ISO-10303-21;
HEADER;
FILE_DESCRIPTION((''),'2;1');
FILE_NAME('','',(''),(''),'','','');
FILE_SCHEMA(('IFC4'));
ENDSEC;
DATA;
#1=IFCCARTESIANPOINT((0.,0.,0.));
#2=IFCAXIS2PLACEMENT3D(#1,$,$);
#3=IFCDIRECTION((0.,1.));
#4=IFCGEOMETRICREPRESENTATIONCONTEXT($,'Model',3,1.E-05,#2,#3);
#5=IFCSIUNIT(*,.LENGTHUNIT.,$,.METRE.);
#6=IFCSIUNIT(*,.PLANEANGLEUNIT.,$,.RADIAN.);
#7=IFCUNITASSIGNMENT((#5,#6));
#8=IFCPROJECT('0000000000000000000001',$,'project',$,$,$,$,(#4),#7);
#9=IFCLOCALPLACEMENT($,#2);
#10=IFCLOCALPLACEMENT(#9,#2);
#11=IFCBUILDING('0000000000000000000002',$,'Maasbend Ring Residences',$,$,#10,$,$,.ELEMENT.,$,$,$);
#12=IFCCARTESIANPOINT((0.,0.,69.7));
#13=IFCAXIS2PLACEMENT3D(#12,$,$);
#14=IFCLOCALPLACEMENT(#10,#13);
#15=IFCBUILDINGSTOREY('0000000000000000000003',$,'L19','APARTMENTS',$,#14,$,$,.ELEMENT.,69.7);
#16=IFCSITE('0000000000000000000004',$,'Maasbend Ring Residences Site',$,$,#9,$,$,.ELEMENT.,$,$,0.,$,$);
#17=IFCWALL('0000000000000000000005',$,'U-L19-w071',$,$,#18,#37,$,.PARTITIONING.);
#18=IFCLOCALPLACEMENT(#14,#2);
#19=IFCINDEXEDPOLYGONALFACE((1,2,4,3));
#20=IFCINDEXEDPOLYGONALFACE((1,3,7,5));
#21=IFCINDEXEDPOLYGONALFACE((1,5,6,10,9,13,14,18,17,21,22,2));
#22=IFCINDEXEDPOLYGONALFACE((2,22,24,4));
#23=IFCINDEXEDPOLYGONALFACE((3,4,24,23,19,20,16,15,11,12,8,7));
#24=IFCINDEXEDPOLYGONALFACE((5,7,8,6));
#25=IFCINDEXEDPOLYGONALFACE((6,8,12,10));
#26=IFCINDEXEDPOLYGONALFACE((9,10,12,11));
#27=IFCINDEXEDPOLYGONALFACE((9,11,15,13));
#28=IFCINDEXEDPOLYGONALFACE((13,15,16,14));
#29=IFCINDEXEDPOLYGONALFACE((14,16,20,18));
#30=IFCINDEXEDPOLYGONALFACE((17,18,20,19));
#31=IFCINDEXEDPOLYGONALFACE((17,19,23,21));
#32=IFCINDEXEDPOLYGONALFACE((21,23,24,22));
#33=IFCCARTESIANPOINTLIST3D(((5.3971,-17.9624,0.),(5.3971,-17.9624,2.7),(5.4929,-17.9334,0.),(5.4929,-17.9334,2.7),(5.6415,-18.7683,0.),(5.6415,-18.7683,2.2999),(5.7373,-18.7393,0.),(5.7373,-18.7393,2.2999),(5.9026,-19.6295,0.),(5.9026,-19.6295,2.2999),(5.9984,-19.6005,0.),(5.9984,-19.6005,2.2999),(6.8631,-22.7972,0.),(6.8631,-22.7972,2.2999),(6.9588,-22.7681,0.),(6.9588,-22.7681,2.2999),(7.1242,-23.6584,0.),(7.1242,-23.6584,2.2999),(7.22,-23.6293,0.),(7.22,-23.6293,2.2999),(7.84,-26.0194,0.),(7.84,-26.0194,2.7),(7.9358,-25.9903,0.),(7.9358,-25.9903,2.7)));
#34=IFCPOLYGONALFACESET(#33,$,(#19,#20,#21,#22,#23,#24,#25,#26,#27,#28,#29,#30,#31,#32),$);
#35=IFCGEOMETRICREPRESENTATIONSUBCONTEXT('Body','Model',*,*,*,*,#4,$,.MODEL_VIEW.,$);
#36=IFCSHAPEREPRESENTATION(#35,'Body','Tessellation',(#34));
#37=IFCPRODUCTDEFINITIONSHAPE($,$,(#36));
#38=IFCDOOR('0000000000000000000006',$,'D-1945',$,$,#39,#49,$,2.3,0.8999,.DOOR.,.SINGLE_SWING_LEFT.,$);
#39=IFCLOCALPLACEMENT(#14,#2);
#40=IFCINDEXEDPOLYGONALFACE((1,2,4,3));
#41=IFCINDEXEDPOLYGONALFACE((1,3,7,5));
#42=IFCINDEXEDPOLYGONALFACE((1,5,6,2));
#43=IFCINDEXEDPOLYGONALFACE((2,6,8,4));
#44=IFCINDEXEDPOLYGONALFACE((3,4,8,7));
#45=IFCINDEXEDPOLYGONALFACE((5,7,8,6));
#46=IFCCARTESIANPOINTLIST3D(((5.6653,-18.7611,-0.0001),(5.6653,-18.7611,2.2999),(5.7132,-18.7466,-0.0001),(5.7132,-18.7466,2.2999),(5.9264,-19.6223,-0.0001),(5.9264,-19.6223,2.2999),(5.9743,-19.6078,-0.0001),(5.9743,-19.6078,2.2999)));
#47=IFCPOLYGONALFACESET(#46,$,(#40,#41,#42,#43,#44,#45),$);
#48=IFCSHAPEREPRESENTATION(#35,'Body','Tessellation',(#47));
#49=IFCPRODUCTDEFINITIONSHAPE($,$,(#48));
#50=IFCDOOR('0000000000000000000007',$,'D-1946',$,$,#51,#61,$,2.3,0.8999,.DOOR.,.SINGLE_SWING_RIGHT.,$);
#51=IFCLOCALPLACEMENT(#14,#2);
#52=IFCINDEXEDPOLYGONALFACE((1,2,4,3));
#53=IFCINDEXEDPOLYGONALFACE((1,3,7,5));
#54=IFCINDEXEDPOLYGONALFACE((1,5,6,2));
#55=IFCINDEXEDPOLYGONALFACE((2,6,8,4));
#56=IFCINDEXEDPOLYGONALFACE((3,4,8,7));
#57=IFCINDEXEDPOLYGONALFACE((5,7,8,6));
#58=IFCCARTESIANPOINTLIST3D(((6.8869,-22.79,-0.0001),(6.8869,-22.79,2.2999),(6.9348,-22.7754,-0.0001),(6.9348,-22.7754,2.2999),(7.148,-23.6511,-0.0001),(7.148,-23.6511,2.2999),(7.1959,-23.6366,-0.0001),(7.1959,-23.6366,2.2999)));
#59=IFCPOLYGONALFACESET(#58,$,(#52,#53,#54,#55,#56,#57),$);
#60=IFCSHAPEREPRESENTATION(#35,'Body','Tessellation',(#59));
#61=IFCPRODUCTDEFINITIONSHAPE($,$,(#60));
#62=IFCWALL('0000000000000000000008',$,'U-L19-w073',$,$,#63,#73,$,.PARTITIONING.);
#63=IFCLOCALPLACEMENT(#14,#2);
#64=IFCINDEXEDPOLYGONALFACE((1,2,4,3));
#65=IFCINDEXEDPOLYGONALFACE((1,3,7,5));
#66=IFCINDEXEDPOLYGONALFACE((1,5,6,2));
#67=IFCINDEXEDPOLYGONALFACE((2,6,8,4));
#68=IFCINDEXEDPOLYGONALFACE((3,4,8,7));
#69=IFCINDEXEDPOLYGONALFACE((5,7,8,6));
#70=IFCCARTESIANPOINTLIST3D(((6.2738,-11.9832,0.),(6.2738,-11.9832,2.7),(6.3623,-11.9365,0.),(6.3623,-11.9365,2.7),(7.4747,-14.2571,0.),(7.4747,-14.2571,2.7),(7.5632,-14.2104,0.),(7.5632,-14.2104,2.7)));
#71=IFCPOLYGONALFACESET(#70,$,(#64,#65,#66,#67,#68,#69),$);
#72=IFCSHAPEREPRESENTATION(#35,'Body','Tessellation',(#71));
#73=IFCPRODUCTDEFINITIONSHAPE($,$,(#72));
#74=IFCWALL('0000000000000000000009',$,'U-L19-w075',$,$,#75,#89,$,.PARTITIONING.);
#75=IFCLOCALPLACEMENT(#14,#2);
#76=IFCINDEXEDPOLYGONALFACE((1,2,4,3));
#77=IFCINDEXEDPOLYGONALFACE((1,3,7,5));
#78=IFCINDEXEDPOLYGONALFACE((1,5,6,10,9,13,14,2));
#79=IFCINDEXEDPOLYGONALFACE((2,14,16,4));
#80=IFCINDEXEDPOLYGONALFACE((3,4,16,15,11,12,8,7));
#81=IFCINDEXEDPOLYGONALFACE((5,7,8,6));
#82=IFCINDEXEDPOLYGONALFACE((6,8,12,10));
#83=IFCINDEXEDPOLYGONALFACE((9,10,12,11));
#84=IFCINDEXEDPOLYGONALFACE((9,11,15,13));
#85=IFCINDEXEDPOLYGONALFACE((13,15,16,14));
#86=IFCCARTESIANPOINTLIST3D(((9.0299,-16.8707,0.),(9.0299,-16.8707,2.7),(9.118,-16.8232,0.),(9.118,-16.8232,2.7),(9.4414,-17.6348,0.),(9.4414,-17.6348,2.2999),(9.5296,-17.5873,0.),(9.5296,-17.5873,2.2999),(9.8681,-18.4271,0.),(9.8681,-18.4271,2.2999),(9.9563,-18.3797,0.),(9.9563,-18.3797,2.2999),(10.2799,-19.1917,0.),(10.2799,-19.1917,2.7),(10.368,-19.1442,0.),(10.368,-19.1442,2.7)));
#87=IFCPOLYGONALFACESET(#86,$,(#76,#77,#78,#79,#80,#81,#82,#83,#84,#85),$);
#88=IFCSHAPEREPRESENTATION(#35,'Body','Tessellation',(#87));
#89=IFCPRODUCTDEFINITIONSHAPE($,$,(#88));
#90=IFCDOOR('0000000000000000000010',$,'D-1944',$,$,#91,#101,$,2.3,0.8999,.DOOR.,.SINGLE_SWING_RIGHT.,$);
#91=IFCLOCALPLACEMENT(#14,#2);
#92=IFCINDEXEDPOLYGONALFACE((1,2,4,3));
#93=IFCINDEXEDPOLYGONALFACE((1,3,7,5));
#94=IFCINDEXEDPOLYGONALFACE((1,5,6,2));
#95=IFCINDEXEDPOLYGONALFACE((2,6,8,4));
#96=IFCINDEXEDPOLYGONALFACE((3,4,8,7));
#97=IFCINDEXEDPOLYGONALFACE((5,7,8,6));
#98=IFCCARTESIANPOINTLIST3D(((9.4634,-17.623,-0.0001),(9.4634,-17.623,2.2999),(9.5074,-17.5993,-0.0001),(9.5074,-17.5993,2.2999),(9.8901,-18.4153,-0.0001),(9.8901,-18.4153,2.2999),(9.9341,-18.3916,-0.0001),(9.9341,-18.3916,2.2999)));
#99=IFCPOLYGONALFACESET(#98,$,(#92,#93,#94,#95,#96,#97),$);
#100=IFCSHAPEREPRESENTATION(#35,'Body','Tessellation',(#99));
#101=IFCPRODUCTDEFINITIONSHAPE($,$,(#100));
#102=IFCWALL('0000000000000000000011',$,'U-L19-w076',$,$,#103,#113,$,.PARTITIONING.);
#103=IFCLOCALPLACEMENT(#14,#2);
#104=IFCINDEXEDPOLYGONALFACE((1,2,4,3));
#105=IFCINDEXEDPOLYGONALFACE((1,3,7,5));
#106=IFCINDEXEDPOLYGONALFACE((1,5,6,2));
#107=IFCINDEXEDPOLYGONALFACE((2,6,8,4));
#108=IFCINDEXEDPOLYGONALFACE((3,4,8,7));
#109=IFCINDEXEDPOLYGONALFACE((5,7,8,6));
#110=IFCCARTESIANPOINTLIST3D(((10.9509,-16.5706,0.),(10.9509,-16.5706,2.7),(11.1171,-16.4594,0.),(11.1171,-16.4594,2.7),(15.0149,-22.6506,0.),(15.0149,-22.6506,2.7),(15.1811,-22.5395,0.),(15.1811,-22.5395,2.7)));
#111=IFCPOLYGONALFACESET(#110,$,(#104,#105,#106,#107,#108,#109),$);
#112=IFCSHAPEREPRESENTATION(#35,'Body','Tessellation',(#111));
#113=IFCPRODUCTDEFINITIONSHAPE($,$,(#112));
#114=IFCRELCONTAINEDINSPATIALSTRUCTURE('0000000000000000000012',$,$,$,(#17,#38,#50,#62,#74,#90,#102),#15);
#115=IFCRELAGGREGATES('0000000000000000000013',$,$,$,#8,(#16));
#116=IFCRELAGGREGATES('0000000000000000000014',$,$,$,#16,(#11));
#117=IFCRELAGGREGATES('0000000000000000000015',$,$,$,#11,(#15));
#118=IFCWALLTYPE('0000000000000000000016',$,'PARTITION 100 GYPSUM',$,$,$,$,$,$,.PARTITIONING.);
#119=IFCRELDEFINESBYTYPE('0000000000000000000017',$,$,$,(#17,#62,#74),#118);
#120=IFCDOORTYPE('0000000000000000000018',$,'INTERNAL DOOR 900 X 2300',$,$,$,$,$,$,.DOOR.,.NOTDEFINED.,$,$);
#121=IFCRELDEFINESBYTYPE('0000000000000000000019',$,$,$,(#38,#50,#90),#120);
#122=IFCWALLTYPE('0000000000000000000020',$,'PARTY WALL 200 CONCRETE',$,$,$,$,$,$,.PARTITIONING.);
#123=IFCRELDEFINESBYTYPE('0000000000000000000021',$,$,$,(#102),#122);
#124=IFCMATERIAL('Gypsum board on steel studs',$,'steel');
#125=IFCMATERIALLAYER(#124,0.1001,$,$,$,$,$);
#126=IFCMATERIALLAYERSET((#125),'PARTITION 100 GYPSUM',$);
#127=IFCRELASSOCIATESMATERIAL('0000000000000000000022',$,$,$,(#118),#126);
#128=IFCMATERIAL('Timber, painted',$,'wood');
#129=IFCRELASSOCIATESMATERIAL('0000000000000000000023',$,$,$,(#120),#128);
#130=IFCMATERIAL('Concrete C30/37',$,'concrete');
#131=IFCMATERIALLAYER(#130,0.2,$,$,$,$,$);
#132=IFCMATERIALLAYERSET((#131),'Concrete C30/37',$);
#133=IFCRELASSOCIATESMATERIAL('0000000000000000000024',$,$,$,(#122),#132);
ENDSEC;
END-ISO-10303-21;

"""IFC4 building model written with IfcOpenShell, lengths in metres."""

from ifc_helpers import new_model, si_unit, direction, frame, frame_2d, origin, place, context, subcontext, project, spatial, rectangle, extrude, material, layer, layer_set, type_object, element, fill, save


model = new_model("IFC4")

# Units and contexts
model_context = context("Model", 3, precision=1e-05, world=origin(), true_north=direction((0.0, 1.0)))
body_context = subcontext(model_context, "Body", "Model", "MODEL_VIEW")
ifc_project = project(units=[si_unit("LENGTHUNIT", "METRE"), si_unit("PLANEANGLEUNIT", "RADIAN")], contexts=[model_context])

# Site, building, storey
site_placement = place(None, origin())
site = spatial("IfcSite", under=ifc_project, at=site_placement, Name="Maasbend Ring Residences Site", CompositionType="ELEMENT", RefElevation=0.0)
building_placement = place(site_placement, origin())
building = spatial("IfcBuilding", under=site, at=building_placement, Name="Maasbend Ring Residences", CompositionType="ELEMENT")
storey_placement = place(building_placement, frame((0.0, 0.0, 69.7)))
storey = spatial("IfcBuildingStorey", under=building, at=storey_placement, Name="L19", Description="APARTMENTS", CompositionType="ELEMENT", Elevation=69.7)

# Shared definitions
ifc_material_1 = material(Name="Gypsum board on steel studs", Category="steel")
ifc_layer_1 = layer(ifc_material_1, 0.1001)
ifc_layer_set_1 = layer_set([ifc_layer_1], Name="PARTITION 100 GYPSUM")
wall_type_1 = type_object("IfcWallType", Name="PARTITION 100 GYPSUM", PredefinedType="PARTITIONING", material=ifc_layer_set_1)

# Shared definitions
ifc_material_2 = material(Name="Timber, painted", Category="wood")
door_type_1 = type_object("IfcDoorType", Name="INTERNAL DOOR 900 X 2300", OperationType="NOTDEFINED", PredefinedType="DOOR", material=ifc_material_2)

# Wall, openings, doors
wall_1_placement = place(storey_placement, frame((5.4451, -17.948, 0.0), z_axis=(0.0, 0.0, 1.0), x_axis=(0.290159, -0.956979, 0.0)))
wall_1 = element("IfcWall", 1, at=wall_1_placement, inside=storey, type_object=wall_type_1, Name="U-L19-w071", PredefinedType="PARTITIONING", context=body_context, shape_type="SweptSolid", body=[
    extrude(rectangle(XDim=8.4192, YDim=0.1001, at=frame_2d((4.2095, 0.0))), origin(), (0.0, 0.0, 1.0), 2.7),
])
opening_1_placement = place(wall_1_placement, frame((0.842, 0.0, 0.0)))
opening_1 = element("IfcOpeningElement", 2, at=opening_1_placement, cuts=wall_1, PredefinedType="OPENING", context=body_context, shape_type="SweptSolid", body=[
    extrude(rectangle(XDim=0.8999, YDim=2.3, at=frame_2d((0.45, 1.1499))), frame((0.0, 0.0601, 0.0), z_axis=(0.0, -1.0, 0.0), x_axis=(1.0, 0.0, 0.0)), (0.0, 0.0, 1.0), 0.1201),
])
opening_2_placement = place(wall_1_placement, frame((5.052, 0.0, 0.0)))
opening_2 = element("IfcOpeningElement", 3, at=opening_2_placement, cuts=wall_1, PredefinedType="OPENING", context=body_context, shape_type="SweptSolid", body=[
    extrude(rectangle(XDim=0.8999, YDim=2.3, at=frame_2d((0.45, 1.1499))), frame((0.0, 0.0601, 0.0), z_axis=(0.0, -1.0, 0.0), x_axis=(1.0, 0.0, 0.0)), (0.0, 0.0, 1.0), 0.1201),
])
door_1_placement = place(opening_1_placement, origin())
door_1 = element("IfcDoor", 4, at=door_1_placement, inside=storey, type_object=door_type_1, Name="D-1945", OperationType="SINGLE_SWING_LEFT", OverallHeight=2.3, OverallWidth=0.8999, PredefinedType="DOOR", context=body_context, shape_type="SweptSolid", body=[
    extrude(rectangle(XDim=0.8999, YDim=2.3, at=frame_2d((0.45, 1.1499))), frame((0.0, 0.0249, 0.0), z_axis=(0.0, -1.0, 0.0), x_axis=(1.0, 0.0, 0.0)), (0.0, 0.0, 1.0), 0.05),
])
fill(opening_1, door_1)
door_2_placement = place(opening_2_placement, origin())
door_2 = element("IfcDoor", 5, at=door_2_placement, inside=storey, type_object=door_type_1, Name="D-1946", OperationType="SINGLE_SWING_RIGHT", OverallHeight=2.3, OverallWidth=0.8999, PredefinedType="DOOR", context=body_context, shape_type="SweptSolid", body=[
    extrude(rectangle(XDim=0.8999, YDim=2.3, at=frame_2d((0.45, 1.1499))), frame((0.0, 0.0249, 0.0), z_axis=(0.0, -1.0, 0.0), x_axis=(1.0, 0.0, 0.0)), (0.0, 0.0, 1.0), 0.05),
])
fill(opening_2, door_2)

# Wall
wall_2_placement = place(storey_placement, frame((6.3181, -11.96, 0.0), z_axis=(0.0, 0.0, 1.0), x_axis=(0.467002, -0.884256, 0.0)))
element("IfcWall", 6, at=wall_2_placement, inside=storey, type_object=wall_type_1, Name="U-L19-w073", PredefinedType="PARTITIONING", context=body_context, shape_type="SweptSolid", body=[
    extrude(rectangle(XDim=2.5715, YDim=0.1001, at=frame_2d((1.2856, 0.0))), origin(), (0.0, 0.0, 1.0), 2.7),
])

# Wall, opening, door
wall_3_placement = place(storey_placement, frame((9.074, -16.8469, 0.0), z_axis=(0.0, 0.0, 1.0), x_axis=(0.474161, -0.880438, 0.0)))
wall_3 = element("IfcWall", 7, at=wall_3_placement, inside=storey, type_object=wall_type_1, Name="U-L19-w075", PredefinedType="PARTITIONING", context=body_context, shape_type="SweptSolid", body=[
    extrude(rectangle(XDim=2.6362, YDim=0.1001, at=frame_2d((1.3181, 0.0))), origin(), (0.0, 0.0, 1.0), 2.7),
])
opening_3_placement = place(wall_3_placement, frame((0.8679, 0.0, 0.0)))
opening_3 = element("IfcOpeningElement", 8, at=opening_3_placement, cuts=wall_3, PredefinedType="OPENING", context=body_context, shape_type="SweptSolid", body=[
    extrude(rectangle(XDim=0.8999, YDim=2.3, at=frame_2d((0.45, 1.1499))), frame((0.0, 0.0601, 0.0), z_axis=(0.0, -1.0, 0.0), x_axis=(1.0, 0.0, 0.0)), (0.0, 0.0, 1.0), 0.1201),
])
door_3_placement = place(opening_3_placement, origin())
door_3 = element("IfcDoor", 9, at=door_3_placement, inside=storey, type_object=door_type_1, Name="D-1944", OperationType="SINGLE_SWING_RIGHT", OverallHeight=2.3, OverallWidth=0.8999, PredefinedType="DOOR", context=body_context, shape_type="SweptSolid", body=[
    extrude(rectangle(XDim=0.8999, YDim=2.3, at=frame_2d((0.45, 1.1499))), frame((0.0, 0.0249, 0.0), z_axis=(0.0, -1.0, 0.0), x_axis=(1.0, 0.0, 0.0)), (0.0, 0.0, 1.0), 0.05),
])
fill(opening_3, door_3)

# Wall
ifc_material_3 = material(Name="Concrete C30/37", Category="concrete")
ifc_layer_2 = layer(ifc_material_3, 0.2)
ifc_layer_set_2 = layer_set([ifc_layer_2], Name="Concrete C30/37")
wall_type_2 = type_object("IfcWallType", Name="PARTY WALL 200 CONCRETE", PredefinedType="PARTITIONING", material=ifc_layer_set_2)
wall_4_placement = place(storey_placement, frame((11.0339, -16.5149, 0.0), z_axis=(0.0, 0.0, 1.0), x_axis=(0.555701, -0.831382, 0.0)))
element("IfcWall", 10, at=wall_4_placement, inside=storey, type_object=wall_type_2, Name="U-L19-w076", PredefinedType="PARTITIONING", context=body_context, shape_type="SweptSolid", body=[
    extrude(rectangle(XDim=7.3132, YDim=0.2, at=frame_2d((3.6567, 0.0))), origin(), (0.0, 0.0, 1.0), 2.7),
])

save(model, "model.ifc")
